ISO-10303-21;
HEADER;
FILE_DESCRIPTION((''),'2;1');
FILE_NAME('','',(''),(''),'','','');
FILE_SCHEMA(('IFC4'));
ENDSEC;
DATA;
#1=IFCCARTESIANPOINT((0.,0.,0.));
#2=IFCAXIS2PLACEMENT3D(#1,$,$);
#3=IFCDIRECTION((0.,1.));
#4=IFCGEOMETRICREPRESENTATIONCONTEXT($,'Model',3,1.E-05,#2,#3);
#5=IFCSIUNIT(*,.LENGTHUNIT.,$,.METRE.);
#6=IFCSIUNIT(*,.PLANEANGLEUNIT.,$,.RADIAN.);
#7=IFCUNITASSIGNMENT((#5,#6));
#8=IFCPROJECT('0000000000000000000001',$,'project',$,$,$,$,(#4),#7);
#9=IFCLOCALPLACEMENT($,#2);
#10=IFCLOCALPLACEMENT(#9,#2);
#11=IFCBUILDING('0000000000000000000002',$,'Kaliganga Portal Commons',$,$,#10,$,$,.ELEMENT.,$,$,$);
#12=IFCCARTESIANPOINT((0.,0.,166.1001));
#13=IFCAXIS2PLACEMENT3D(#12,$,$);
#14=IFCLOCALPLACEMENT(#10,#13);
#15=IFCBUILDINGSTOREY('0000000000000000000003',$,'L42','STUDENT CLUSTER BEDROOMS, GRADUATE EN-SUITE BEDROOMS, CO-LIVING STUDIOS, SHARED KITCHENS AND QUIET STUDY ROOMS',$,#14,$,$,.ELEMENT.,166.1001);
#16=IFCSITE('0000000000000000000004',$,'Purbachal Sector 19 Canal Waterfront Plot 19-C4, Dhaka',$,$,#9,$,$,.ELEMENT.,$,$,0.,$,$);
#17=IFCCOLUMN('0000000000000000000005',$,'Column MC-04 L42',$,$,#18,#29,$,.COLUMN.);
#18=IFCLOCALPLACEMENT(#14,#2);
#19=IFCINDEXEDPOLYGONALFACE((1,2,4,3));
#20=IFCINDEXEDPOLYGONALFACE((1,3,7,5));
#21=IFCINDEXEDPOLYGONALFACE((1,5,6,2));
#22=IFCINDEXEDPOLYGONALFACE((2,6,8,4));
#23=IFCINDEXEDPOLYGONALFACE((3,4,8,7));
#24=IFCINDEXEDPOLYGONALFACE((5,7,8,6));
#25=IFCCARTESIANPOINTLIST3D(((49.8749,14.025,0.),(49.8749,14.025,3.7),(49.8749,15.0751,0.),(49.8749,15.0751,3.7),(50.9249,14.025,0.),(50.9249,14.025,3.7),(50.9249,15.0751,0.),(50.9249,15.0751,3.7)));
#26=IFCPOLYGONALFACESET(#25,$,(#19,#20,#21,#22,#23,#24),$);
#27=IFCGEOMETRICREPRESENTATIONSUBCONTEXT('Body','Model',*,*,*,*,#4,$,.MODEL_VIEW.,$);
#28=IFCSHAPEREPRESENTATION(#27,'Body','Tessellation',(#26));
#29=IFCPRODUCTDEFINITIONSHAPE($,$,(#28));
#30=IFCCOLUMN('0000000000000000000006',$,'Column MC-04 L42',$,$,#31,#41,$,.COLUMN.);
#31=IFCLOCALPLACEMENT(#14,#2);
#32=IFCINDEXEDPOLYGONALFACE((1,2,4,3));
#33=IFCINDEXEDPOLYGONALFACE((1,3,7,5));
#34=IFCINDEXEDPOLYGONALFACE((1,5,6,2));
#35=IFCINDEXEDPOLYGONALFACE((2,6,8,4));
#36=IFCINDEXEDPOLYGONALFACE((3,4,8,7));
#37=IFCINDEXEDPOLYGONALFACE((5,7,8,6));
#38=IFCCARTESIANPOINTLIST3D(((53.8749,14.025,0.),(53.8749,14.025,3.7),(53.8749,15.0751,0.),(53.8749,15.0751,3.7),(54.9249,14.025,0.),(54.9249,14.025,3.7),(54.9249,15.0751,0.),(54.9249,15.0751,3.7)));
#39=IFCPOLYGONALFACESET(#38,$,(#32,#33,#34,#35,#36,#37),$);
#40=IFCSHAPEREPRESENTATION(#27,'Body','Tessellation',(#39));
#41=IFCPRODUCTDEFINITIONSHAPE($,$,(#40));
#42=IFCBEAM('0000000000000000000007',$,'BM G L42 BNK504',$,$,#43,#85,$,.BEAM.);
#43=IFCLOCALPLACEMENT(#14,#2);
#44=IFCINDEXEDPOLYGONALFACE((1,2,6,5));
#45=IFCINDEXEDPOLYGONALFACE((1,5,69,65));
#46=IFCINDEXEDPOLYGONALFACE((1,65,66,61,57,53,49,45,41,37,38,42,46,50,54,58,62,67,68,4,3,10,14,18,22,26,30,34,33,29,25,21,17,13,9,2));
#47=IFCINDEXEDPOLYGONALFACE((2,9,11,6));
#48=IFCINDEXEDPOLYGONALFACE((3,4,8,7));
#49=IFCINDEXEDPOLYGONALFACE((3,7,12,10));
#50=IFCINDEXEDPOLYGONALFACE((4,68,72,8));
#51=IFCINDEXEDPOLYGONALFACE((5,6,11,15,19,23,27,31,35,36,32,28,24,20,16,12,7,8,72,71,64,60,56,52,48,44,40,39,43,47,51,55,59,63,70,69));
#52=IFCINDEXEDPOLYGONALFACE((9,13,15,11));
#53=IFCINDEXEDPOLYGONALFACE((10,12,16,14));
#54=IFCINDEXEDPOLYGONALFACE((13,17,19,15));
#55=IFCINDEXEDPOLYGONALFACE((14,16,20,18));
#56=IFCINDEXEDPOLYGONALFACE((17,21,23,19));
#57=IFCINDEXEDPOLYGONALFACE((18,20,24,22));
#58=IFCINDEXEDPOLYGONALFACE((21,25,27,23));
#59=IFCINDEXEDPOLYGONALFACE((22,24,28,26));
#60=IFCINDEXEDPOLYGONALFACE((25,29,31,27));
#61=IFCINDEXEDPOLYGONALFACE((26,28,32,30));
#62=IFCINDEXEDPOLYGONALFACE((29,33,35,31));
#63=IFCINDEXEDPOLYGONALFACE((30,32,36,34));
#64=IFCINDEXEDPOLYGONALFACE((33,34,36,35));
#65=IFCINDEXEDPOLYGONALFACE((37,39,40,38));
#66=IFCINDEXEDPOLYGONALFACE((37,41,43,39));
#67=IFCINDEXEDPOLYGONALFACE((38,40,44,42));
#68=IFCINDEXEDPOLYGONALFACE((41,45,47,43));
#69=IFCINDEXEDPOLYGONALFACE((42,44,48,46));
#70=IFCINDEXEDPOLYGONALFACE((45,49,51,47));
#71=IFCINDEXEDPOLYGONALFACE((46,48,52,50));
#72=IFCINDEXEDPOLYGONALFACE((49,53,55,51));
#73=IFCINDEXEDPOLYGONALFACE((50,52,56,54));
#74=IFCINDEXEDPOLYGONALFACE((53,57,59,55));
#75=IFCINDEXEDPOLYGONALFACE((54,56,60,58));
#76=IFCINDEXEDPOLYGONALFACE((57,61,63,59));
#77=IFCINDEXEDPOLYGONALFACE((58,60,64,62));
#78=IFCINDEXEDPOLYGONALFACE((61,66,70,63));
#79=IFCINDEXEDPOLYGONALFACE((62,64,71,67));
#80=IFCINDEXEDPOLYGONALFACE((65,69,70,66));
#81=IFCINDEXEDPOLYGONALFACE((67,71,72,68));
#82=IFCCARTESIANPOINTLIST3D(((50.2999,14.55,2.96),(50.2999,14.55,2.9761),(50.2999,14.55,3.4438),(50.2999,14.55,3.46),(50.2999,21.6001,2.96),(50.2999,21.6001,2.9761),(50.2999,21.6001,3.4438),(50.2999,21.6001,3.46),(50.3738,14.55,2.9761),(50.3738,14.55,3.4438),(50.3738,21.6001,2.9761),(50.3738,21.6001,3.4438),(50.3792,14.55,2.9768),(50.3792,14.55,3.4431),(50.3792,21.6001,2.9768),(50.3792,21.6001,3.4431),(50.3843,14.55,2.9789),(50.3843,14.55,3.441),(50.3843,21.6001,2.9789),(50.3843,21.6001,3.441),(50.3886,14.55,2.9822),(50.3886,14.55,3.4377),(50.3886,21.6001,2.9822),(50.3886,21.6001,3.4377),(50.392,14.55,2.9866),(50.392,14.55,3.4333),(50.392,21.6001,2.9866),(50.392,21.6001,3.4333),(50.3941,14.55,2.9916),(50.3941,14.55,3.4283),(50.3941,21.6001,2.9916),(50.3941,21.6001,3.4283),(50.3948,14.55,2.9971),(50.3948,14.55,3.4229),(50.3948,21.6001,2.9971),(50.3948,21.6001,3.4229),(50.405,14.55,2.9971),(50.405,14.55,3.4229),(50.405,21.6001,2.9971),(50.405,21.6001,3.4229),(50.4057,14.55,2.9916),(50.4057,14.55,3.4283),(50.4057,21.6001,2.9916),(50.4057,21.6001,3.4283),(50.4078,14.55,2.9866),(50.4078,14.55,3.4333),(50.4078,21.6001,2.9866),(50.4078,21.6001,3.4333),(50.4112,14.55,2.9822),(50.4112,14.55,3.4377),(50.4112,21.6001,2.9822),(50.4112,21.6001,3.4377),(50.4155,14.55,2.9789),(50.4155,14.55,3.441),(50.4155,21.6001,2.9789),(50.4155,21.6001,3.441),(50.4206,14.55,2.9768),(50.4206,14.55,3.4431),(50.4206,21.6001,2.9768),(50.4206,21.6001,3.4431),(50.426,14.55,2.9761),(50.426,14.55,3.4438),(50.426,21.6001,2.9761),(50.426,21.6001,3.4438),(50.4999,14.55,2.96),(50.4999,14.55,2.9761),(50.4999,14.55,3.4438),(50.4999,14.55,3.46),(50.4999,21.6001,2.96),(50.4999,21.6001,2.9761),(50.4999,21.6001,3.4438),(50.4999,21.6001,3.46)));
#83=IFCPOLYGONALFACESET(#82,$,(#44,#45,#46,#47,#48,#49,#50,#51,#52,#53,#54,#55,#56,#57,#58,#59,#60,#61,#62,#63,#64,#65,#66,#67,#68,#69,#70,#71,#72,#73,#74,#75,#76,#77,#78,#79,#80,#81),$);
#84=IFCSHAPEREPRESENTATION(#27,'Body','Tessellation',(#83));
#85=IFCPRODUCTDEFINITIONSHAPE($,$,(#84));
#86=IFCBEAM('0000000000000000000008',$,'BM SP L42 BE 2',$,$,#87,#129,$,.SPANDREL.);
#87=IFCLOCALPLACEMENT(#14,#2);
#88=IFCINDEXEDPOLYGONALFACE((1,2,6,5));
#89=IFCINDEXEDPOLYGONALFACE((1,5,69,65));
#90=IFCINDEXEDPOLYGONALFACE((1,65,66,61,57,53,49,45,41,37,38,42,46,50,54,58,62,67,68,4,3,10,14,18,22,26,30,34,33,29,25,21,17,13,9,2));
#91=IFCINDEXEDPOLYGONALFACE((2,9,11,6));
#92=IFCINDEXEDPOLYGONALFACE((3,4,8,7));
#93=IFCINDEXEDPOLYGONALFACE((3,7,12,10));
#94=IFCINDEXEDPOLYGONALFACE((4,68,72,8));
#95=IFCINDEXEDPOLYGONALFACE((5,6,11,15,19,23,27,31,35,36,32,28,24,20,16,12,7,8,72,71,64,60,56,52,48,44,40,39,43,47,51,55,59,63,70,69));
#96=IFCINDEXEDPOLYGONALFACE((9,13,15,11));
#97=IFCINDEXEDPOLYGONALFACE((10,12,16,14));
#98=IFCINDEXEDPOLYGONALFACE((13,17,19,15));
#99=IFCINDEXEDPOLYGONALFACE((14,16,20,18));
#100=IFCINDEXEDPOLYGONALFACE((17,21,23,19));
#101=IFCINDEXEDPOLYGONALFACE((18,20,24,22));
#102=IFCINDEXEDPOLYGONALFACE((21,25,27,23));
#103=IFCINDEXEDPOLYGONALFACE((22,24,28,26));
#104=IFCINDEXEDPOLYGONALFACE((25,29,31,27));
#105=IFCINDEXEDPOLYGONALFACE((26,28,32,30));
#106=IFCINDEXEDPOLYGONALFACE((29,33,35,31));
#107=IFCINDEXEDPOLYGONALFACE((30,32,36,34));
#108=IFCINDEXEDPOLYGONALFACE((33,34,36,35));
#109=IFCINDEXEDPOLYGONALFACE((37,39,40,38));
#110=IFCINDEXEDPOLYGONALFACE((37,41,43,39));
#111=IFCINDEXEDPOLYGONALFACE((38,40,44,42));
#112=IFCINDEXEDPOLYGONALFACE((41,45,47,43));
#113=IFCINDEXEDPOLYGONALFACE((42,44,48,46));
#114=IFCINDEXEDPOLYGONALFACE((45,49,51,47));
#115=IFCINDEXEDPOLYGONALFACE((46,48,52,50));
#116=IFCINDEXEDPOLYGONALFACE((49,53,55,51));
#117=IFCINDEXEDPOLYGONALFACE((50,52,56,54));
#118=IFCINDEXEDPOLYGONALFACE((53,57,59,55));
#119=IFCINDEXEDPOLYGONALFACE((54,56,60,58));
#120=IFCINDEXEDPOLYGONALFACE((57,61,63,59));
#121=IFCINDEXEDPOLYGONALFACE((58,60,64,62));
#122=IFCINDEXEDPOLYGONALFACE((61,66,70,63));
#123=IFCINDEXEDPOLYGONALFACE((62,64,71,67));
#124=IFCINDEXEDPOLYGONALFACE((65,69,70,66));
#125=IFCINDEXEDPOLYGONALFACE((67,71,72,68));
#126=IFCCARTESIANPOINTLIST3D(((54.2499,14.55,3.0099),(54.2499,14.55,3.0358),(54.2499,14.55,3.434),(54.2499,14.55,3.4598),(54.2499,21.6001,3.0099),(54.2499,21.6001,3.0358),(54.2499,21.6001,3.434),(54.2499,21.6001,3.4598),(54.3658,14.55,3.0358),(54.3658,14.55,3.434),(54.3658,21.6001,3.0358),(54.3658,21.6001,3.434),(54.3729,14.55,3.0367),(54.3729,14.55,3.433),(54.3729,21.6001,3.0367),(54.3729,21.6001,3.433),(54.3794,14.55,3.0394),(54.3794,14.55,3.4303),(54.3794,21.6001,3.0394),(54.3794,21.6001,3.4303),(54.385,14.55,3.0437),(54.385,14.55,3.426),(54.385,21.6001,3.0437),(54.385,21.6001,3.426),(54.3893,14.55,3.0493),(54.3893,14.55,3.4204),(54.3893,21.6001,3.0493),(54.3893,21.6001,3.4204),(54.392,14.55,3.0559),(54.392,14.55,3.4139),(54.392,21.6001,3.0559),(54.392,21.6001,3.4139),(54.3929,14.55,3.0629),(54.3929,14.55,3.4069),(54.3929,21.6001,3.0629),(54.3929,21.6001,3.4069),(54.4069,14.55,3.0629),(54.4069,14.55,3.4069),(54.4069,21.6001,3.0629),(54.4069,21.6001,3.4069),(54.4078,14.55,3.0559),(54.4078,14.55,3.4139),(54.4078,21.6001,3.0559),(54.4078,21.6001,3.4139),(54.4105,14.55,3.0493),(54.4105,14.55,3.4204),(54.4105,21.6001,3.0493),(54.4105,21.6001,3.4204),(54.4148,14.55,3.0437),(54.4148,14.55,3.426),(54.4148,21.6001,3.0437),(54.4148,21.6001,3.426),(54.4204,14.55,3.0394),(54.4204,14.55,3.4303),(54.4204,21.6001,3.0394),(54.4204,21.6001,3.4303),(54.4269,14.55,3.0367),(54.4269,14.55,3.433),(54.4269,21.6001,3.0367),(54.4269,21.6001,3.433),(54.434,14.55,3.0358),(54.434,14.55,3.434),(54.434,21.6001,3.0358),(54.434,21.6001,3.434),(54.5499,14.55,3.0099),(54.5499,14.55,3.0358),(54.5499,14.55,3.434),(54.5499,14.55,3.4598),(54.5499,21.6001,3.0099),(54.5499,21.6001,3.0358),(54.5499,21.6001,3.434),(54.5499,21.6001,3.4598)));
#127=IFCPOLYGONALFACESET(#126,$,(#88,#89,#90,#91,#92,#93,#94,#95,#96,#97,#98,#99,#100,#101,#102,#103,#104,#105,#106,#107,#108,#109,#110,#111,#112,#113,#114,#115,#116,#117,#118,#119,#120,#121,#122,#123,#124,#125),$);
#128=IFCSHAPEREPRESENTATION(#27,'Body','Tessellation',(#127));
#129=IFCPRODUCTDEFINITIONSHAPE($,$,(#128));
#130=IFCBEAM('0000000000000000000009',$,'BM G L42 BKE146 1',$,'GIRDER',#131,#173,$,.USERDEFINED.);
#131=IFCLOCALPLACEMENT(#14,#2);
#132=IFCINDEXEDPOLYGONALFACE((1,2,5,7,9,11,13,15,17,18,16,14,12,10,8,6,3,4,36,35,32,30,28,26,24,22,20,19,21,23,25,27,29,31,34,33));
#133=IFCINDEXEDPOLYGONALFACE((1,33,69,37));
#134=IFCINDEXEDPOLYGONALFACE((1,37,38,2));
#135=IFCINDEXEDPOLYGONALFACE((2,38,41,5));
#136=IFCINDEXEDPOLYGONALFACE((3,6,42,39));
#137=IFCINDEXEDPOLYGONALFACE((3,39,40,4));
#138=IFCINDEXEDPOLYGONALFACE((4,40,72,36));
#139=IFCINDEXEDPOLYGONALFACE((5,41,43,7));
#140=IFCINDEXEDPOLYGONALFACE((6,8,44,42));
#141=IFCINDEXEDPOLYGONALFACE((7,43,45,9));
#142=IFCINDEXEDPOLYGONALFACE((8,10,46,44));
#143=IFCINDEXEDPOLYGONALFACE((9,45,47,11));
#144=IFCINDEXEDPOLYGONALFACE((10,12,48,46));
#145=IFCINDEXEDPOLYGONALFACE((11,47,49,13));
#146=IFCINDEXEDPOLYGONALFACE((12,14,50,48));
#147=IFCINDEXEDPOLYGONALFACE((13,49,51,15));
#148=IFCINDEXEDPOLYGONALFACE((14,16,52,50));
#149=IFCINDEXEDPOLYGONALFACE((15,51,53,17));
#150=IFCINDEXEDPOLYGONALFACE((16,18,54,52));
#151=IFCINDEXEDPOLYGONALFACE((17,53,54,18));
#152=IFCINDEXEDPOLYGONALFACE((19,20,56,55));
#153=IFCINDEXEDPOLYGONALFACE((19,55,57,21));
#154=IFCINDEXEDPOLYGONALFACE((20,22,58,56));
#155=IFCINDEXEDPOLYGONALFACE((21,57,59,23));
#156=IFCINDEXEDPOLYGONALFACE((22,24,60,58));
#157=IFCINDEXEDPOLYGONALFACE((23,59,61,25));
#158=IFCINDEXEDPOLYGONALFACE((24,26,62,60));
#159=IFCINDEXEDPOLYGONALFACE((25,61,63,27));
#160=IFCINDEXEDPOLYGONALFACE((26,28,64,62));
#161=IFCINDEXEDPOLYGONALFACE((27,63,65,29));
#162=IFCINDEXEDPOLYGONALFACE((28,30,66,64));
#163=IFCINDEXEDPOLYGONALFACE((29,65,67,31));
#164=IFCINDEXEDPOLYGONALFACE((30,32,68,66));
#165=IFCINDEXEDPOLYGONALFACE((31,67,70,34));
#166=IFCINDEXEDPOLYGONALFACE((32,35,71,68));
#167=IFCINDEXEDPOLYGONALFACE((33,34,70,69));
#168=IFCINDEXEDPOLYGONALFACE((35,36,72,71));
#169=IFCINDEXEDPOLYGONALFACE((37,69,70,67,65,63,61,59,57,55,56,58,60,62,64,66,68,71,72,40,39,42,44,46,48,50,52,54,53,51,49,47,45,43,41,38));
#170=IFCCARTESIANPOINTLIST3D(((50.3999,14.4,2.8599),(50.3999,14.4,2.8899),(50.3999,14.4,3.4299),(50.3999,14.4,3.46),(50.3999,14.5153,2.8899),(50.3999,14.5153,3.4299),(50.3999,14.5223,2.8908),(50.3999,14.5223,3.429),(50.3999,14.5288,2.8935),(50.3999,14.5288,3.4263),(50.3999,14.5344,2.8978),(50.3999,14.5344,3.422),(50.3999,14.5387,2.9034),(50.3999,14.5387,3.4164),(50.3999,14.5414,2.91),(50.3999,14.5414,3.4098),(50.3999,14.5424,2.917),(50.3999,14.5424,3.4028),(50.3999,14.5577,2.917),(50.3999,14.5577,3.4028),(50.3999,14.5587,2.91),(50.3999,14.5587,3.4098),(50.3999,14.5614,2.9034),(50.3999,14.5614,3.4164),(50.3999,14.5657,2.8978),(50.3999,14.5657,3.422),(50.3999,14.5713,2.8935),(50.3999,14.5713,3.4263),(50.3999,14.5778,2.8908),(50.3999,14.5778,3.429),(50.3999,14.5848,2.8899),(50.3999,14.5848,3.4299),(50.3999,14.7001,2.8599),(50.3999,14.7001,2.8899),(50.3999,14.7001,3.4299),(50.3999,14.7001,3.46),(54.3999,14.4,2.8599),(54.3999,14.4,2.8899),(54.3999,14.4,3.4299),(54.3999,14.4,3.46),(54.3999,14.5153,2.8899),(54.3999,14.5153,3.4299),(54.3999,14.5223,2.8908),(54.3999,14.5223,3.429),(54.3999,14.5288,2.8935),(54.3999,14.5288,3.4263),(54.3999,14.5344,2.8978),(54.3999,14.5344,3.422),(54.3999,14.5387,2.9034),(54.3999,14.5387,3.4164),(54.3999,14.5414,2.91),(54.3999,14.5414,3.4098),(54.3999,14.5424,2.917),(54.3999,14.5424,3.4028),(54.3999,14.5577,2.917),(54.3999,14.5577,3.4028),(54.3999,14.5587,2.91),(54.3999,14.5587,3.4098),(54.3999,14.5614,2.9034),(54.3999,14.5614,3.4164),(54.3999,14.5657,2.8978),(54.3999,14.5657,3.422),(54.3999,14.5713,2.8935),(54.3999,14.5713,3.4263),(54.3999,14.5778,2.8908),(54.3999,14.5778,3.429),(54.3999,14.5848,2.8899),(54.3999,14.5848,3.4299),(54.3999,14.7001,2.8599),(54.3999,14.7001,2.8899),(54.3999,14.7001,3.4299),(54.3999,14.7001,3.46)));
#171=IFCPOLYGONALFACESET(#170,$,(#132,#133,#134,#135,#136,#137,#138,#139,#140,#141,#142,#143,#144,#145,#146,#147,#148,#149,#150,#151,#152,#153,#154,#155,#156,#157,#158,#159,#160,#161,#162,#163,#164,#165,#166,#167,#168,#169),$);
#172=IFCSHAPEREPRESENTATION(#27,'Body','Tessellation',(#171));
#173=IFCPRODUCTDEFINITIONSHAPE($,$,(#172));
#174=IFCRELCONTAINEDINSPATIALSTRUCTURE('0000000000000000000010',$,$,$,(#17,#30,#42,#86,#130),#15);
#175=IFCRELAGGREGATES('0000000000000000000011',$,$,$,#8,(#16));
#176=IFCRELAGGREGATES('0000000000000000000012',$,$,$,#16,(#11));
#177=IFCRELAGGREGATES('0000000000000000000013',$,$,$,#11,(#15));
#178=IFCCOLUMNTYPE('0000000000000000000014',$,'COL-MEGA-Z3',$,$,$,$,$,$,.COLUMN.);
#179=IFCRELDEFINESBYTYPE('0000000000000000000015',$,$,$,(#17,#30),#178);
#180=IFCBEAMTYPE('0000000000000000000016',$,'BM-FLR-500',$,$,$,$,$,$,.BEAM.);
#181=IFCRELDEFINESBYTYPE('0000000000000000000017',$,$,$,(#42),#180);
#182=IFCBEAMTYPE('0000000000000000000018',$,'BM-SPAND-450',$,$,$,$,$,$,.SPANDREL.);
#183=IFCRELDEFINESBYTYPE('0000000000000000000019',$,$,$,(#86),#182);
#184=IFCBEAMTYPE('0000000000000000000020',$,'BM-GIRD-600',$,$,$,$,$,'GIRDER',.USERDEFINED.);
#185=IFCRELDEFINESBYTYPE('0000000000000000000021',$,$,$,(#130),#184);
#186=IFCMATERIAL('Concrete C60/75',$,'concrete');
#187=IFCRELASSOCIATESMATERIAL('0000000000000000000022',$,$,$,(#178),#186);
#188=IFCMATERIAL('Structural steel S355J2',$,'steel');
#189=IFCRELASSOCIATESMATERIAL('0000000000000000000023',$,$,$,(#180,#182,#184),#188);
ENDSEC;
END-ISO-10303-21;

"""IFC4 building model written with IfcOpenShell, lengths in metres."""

from ifc_helpers import new_model, si_unit, direction, frame, origin, origin_2d, place, context, subcontext, project, spatial, rectangle, i_section, extrude, source, transform, mapped, material, material_profile, profile_set, type_object, element, save


model = new_model("IFC4")

# Units and contexts
model_context = context("Model", 3, precision=1e-05, world=origin(), true_north=direction((0.0, 1.0)))
body_context = subcontext(model_context, "Body", "Model", "MODEL_VIEW")
ifc_project = project(units=[si_unit("LENGTHUNIT", "METRE"), si_unit("PLANEANGLEUNIT", "RADIAN")], contexts=[model_context])

# Site, building, storey
site_placement = place(None, origin())
site = spatial("IfcSite", under=ifc_project, at=site_placement, Name="Purbachal Sector 19 Canal Waterfront Plot 19-C4, Dhaka", CompositionType="ELEMENT", RefElevation=0.0)
building_placement = place(site_placement, origin())
building = spatial("IfcBuilding", under=site, at=building_placement, Name="Kaliganga Portal Commons", CompositionType="ELEMENT")
storey_placement = place(building_placement, frame((0.0, 0.0, 166.1001)))
storey = spatial("IfcBuildingStorey", under=building, at=storey_placement, Name="L42", Description="STUDENT CLUSTER BEDROOMS, GRADUATE EN-SUITE BEDROOMS, CO-LIVING STUDIOS, SHARED KITCHENS AND QUIET STUDY ROOMS", CompositionType="ELEMENT", Elevation=166.1001)

# Columns
ifc_material_1 = material(Name="Concrete C60/75", Category="concrete")
ifc_material_profile_1 = material_profile(ifc_material_1, rectangle(XDim=1.05, YDim=1.05, at=origin_2d()), Name="RC 1050x1050")
ifc_profile_set_1 = profile_set([ifc_material_profile_1], Name="Concrete C60/75")
column_type = type_object("IfcColumnType", Name="COL-MEGA-Z3", PredefinedType="COLUMN", material=ifc_profile_set_1)
shared_shape_1 = source(origin(), body_context, "Body", "SweptSolid", [
    extrude(rectangle(XDim=1.05, YDim=1.05, at=origin_2d()), origin(), (0.0, 0.0, 1.0), 3.7),
])
for number, where, z_axis, x_axis, name in (
    (1, (50.3999, 14.55, 0.0), (0.0, 0.0, 1.0), (1.0, 0.0, 0.0), "Column MC-04 L42"),
    (2, (54.3999, 14.55, 0.0), (0.0, 0.0, 1.0), (1.0, 0.0, 0.0), "Column MC-04 L42"),
):
    element("IfcColumn", number, at=place(storey_placement, frame(where, z_axis=z_axis, x_axis=x_axis)), inside=storey, type_object=column_type, Name=name, PredefinedType="COLUMN", context=body_context, shape_type="MappedRepresentation", body=[
        mapped(shared_shape_1, transform((0.0, 0.0, 0.0), x_axis=(1.0, 0.0, 0.0), y_axis=(0.0, 1.0, 0.0), z_axis=(0.0, 0.0, 1.0), scale=1.0)),
    ])

# Beams
ifc_material_2 = material(Name="Structural steel S355J2", Category="steel")
ifc_material_profile_2 = material_profile(ifc_material_2, i_section(OverallWidth=0.2, OverallDepth=0.5, WebThickness=0.0103, FlangeThickness=0.0161, FilletRadius=0.021, at=origin_2d()), Name="IPE 500")
ifc_profile_set_2 = profile_set([ifc_material_profile_2], Name="Structural steel S355J2 wide-flange")
beam_type_1 = type_object("IfcBeamType", Name="BM-FLR-500", PredefinedType="BEAM", material=ifc_profile_set_2)
shared_shape_2 = source(origin(), body_context, "Body", "SweptSolid", [
    extrude(i_section(OverallWidth=0.2, OverallDepth=0.5, WebThickness=0.0103, FlangeThickness=0.0161, FilletRadius=0.021, at=origin_2d()), origin(), (0.0, 0.0, 1.0), 7.05),
])
beam_1_placement = place(storey_placement, frame((50.3999, 14.55, 3.21), z_axis=(0.0, 1.0, 0.0), x_axis=(-1.0, 0.0, 0.0)))
element("IfcBeam", 3, at=beam_1_placement, inside=storey, type_object=beam_type_1, Name="BM G L42 BNK504", PredefinedType="BEAM", context=body_context, shape_type="MappedRepresentation", body=[
    mapped(shared_shape_2, transform((0.0, 0.0, 0.0), x_axis=(1.0, 0.0, 0.0), y_axis=(0.0, 1.0, 0.0), z_axis=(0.0, 0.0, 1.0), scale=1.0)),
])
ifc_material_profile_3 = material_profile(ifc_material_2, i_section(OverallWidth=0.3, OverallDepth=0.45, WebThickness=0.0139, FlangeThickness=0.0259, FilletRadius=0.0271, at=origin_2d()), Name="HE 450 B")
ifc_profile_set_3 = profile_set([ifc_material_profile_3], Name="Structural steel S355J2 wide-flange")
beam_type_2 = type_object("IfcBeamType", Name="BM-SPAND-450", PredefinedType="SPANDREL", material=ifc_profile_set_3)
shared_shape_3 = source(origin(), body_context, "Body", "SweptSolid", [
    extrude(i_section(OverallWidth=0.3, OverallDepth=0.45, WebThickness=0.0139, FlangeThickness=0.0259, FilletRadius=0.0271, at=origin_2d()), origin(), (0.0, 0.0, 1.0), 7.05),
])
beam_2_placement = place(storey_placement, frame((54.3999, 14.55, 3.2349), z_axis=(0.0, 1.0, 0.0), x_axis=(-1.0, 0.0, 0.0)))
element("IfcBeam", 4, at=beam_2_placement, inside=storey, type_object=beam_type_2, Name="BM SP L42 BE 2", PredefinedType="SPANDREL", context=body_context, shape_type="MappedRepresentation", body=[
    mapped(shared_shape_3, transform((0.0, 0.0, 0.0), x_axis=(1.0, 0.0, 0.0), y_axis=(0.0, 1.0, 0.0), z_axis=(0.0, 0.0, 1.0), scale=1.0)),
])
ifc_material_profile_4 = material_profile(ifc_material_2, i_section(OverallWidth=0.3, OverallDepth=0.6001, WebThickness=0.0154, FlangeThickness=0.03, FilletRadius=0.0271, at=origin_2d()), Name="HE 600 B")
ifc_profile_set_4 = profile_set([ifc_material_profile_4], Name="Structural steel S355J2 wide-flange")
beam_type_3 = type_object("IfcBeamType", Name="BM-GIRD-600", ElementType="GIRDER", PredefinedType="USERDEFINED", material=ifc_profile_set_4)
shared_shape_4 = source(origin(), body_context, "Body", "SweptSolid", [
    extrude(i_section(OverallWidth=0.3, OverallDepth=0.6001, WebThickness=0.0154, FlangeThickness=0.03, FilletRadius=0.0271, at=origin_2d()), origin(), (0.0, 0.0, 1.0), 4.0),
])
beam_3_placement = place(storey_placement, frame((50.3999, 14.55, 3.1599), z_axis=(1.0, 0.0, 0.0), x_axis=(0.0, 1.0, 0.0)))
element("IfcBeam", 5, at=beam_3_placement, inside=storey, type_object=beam_type_3, Name="BM G L42 BKE146 1", ObjectType="GIRDER", PredefinedType="USERDEFINED", context=body_context, shape_type="MappedRepresentation", body=[
    mapped(shared_shape_4, transform((0.0, 0.0, 0.0), x_axis=(1.0, 0.0, 0.0), y_axis=(0.0, 1.0, 0.0), z_axis=(0.0, 0.0, 1.0), scale=1.0)),
])

save(model, "model.ifc")
